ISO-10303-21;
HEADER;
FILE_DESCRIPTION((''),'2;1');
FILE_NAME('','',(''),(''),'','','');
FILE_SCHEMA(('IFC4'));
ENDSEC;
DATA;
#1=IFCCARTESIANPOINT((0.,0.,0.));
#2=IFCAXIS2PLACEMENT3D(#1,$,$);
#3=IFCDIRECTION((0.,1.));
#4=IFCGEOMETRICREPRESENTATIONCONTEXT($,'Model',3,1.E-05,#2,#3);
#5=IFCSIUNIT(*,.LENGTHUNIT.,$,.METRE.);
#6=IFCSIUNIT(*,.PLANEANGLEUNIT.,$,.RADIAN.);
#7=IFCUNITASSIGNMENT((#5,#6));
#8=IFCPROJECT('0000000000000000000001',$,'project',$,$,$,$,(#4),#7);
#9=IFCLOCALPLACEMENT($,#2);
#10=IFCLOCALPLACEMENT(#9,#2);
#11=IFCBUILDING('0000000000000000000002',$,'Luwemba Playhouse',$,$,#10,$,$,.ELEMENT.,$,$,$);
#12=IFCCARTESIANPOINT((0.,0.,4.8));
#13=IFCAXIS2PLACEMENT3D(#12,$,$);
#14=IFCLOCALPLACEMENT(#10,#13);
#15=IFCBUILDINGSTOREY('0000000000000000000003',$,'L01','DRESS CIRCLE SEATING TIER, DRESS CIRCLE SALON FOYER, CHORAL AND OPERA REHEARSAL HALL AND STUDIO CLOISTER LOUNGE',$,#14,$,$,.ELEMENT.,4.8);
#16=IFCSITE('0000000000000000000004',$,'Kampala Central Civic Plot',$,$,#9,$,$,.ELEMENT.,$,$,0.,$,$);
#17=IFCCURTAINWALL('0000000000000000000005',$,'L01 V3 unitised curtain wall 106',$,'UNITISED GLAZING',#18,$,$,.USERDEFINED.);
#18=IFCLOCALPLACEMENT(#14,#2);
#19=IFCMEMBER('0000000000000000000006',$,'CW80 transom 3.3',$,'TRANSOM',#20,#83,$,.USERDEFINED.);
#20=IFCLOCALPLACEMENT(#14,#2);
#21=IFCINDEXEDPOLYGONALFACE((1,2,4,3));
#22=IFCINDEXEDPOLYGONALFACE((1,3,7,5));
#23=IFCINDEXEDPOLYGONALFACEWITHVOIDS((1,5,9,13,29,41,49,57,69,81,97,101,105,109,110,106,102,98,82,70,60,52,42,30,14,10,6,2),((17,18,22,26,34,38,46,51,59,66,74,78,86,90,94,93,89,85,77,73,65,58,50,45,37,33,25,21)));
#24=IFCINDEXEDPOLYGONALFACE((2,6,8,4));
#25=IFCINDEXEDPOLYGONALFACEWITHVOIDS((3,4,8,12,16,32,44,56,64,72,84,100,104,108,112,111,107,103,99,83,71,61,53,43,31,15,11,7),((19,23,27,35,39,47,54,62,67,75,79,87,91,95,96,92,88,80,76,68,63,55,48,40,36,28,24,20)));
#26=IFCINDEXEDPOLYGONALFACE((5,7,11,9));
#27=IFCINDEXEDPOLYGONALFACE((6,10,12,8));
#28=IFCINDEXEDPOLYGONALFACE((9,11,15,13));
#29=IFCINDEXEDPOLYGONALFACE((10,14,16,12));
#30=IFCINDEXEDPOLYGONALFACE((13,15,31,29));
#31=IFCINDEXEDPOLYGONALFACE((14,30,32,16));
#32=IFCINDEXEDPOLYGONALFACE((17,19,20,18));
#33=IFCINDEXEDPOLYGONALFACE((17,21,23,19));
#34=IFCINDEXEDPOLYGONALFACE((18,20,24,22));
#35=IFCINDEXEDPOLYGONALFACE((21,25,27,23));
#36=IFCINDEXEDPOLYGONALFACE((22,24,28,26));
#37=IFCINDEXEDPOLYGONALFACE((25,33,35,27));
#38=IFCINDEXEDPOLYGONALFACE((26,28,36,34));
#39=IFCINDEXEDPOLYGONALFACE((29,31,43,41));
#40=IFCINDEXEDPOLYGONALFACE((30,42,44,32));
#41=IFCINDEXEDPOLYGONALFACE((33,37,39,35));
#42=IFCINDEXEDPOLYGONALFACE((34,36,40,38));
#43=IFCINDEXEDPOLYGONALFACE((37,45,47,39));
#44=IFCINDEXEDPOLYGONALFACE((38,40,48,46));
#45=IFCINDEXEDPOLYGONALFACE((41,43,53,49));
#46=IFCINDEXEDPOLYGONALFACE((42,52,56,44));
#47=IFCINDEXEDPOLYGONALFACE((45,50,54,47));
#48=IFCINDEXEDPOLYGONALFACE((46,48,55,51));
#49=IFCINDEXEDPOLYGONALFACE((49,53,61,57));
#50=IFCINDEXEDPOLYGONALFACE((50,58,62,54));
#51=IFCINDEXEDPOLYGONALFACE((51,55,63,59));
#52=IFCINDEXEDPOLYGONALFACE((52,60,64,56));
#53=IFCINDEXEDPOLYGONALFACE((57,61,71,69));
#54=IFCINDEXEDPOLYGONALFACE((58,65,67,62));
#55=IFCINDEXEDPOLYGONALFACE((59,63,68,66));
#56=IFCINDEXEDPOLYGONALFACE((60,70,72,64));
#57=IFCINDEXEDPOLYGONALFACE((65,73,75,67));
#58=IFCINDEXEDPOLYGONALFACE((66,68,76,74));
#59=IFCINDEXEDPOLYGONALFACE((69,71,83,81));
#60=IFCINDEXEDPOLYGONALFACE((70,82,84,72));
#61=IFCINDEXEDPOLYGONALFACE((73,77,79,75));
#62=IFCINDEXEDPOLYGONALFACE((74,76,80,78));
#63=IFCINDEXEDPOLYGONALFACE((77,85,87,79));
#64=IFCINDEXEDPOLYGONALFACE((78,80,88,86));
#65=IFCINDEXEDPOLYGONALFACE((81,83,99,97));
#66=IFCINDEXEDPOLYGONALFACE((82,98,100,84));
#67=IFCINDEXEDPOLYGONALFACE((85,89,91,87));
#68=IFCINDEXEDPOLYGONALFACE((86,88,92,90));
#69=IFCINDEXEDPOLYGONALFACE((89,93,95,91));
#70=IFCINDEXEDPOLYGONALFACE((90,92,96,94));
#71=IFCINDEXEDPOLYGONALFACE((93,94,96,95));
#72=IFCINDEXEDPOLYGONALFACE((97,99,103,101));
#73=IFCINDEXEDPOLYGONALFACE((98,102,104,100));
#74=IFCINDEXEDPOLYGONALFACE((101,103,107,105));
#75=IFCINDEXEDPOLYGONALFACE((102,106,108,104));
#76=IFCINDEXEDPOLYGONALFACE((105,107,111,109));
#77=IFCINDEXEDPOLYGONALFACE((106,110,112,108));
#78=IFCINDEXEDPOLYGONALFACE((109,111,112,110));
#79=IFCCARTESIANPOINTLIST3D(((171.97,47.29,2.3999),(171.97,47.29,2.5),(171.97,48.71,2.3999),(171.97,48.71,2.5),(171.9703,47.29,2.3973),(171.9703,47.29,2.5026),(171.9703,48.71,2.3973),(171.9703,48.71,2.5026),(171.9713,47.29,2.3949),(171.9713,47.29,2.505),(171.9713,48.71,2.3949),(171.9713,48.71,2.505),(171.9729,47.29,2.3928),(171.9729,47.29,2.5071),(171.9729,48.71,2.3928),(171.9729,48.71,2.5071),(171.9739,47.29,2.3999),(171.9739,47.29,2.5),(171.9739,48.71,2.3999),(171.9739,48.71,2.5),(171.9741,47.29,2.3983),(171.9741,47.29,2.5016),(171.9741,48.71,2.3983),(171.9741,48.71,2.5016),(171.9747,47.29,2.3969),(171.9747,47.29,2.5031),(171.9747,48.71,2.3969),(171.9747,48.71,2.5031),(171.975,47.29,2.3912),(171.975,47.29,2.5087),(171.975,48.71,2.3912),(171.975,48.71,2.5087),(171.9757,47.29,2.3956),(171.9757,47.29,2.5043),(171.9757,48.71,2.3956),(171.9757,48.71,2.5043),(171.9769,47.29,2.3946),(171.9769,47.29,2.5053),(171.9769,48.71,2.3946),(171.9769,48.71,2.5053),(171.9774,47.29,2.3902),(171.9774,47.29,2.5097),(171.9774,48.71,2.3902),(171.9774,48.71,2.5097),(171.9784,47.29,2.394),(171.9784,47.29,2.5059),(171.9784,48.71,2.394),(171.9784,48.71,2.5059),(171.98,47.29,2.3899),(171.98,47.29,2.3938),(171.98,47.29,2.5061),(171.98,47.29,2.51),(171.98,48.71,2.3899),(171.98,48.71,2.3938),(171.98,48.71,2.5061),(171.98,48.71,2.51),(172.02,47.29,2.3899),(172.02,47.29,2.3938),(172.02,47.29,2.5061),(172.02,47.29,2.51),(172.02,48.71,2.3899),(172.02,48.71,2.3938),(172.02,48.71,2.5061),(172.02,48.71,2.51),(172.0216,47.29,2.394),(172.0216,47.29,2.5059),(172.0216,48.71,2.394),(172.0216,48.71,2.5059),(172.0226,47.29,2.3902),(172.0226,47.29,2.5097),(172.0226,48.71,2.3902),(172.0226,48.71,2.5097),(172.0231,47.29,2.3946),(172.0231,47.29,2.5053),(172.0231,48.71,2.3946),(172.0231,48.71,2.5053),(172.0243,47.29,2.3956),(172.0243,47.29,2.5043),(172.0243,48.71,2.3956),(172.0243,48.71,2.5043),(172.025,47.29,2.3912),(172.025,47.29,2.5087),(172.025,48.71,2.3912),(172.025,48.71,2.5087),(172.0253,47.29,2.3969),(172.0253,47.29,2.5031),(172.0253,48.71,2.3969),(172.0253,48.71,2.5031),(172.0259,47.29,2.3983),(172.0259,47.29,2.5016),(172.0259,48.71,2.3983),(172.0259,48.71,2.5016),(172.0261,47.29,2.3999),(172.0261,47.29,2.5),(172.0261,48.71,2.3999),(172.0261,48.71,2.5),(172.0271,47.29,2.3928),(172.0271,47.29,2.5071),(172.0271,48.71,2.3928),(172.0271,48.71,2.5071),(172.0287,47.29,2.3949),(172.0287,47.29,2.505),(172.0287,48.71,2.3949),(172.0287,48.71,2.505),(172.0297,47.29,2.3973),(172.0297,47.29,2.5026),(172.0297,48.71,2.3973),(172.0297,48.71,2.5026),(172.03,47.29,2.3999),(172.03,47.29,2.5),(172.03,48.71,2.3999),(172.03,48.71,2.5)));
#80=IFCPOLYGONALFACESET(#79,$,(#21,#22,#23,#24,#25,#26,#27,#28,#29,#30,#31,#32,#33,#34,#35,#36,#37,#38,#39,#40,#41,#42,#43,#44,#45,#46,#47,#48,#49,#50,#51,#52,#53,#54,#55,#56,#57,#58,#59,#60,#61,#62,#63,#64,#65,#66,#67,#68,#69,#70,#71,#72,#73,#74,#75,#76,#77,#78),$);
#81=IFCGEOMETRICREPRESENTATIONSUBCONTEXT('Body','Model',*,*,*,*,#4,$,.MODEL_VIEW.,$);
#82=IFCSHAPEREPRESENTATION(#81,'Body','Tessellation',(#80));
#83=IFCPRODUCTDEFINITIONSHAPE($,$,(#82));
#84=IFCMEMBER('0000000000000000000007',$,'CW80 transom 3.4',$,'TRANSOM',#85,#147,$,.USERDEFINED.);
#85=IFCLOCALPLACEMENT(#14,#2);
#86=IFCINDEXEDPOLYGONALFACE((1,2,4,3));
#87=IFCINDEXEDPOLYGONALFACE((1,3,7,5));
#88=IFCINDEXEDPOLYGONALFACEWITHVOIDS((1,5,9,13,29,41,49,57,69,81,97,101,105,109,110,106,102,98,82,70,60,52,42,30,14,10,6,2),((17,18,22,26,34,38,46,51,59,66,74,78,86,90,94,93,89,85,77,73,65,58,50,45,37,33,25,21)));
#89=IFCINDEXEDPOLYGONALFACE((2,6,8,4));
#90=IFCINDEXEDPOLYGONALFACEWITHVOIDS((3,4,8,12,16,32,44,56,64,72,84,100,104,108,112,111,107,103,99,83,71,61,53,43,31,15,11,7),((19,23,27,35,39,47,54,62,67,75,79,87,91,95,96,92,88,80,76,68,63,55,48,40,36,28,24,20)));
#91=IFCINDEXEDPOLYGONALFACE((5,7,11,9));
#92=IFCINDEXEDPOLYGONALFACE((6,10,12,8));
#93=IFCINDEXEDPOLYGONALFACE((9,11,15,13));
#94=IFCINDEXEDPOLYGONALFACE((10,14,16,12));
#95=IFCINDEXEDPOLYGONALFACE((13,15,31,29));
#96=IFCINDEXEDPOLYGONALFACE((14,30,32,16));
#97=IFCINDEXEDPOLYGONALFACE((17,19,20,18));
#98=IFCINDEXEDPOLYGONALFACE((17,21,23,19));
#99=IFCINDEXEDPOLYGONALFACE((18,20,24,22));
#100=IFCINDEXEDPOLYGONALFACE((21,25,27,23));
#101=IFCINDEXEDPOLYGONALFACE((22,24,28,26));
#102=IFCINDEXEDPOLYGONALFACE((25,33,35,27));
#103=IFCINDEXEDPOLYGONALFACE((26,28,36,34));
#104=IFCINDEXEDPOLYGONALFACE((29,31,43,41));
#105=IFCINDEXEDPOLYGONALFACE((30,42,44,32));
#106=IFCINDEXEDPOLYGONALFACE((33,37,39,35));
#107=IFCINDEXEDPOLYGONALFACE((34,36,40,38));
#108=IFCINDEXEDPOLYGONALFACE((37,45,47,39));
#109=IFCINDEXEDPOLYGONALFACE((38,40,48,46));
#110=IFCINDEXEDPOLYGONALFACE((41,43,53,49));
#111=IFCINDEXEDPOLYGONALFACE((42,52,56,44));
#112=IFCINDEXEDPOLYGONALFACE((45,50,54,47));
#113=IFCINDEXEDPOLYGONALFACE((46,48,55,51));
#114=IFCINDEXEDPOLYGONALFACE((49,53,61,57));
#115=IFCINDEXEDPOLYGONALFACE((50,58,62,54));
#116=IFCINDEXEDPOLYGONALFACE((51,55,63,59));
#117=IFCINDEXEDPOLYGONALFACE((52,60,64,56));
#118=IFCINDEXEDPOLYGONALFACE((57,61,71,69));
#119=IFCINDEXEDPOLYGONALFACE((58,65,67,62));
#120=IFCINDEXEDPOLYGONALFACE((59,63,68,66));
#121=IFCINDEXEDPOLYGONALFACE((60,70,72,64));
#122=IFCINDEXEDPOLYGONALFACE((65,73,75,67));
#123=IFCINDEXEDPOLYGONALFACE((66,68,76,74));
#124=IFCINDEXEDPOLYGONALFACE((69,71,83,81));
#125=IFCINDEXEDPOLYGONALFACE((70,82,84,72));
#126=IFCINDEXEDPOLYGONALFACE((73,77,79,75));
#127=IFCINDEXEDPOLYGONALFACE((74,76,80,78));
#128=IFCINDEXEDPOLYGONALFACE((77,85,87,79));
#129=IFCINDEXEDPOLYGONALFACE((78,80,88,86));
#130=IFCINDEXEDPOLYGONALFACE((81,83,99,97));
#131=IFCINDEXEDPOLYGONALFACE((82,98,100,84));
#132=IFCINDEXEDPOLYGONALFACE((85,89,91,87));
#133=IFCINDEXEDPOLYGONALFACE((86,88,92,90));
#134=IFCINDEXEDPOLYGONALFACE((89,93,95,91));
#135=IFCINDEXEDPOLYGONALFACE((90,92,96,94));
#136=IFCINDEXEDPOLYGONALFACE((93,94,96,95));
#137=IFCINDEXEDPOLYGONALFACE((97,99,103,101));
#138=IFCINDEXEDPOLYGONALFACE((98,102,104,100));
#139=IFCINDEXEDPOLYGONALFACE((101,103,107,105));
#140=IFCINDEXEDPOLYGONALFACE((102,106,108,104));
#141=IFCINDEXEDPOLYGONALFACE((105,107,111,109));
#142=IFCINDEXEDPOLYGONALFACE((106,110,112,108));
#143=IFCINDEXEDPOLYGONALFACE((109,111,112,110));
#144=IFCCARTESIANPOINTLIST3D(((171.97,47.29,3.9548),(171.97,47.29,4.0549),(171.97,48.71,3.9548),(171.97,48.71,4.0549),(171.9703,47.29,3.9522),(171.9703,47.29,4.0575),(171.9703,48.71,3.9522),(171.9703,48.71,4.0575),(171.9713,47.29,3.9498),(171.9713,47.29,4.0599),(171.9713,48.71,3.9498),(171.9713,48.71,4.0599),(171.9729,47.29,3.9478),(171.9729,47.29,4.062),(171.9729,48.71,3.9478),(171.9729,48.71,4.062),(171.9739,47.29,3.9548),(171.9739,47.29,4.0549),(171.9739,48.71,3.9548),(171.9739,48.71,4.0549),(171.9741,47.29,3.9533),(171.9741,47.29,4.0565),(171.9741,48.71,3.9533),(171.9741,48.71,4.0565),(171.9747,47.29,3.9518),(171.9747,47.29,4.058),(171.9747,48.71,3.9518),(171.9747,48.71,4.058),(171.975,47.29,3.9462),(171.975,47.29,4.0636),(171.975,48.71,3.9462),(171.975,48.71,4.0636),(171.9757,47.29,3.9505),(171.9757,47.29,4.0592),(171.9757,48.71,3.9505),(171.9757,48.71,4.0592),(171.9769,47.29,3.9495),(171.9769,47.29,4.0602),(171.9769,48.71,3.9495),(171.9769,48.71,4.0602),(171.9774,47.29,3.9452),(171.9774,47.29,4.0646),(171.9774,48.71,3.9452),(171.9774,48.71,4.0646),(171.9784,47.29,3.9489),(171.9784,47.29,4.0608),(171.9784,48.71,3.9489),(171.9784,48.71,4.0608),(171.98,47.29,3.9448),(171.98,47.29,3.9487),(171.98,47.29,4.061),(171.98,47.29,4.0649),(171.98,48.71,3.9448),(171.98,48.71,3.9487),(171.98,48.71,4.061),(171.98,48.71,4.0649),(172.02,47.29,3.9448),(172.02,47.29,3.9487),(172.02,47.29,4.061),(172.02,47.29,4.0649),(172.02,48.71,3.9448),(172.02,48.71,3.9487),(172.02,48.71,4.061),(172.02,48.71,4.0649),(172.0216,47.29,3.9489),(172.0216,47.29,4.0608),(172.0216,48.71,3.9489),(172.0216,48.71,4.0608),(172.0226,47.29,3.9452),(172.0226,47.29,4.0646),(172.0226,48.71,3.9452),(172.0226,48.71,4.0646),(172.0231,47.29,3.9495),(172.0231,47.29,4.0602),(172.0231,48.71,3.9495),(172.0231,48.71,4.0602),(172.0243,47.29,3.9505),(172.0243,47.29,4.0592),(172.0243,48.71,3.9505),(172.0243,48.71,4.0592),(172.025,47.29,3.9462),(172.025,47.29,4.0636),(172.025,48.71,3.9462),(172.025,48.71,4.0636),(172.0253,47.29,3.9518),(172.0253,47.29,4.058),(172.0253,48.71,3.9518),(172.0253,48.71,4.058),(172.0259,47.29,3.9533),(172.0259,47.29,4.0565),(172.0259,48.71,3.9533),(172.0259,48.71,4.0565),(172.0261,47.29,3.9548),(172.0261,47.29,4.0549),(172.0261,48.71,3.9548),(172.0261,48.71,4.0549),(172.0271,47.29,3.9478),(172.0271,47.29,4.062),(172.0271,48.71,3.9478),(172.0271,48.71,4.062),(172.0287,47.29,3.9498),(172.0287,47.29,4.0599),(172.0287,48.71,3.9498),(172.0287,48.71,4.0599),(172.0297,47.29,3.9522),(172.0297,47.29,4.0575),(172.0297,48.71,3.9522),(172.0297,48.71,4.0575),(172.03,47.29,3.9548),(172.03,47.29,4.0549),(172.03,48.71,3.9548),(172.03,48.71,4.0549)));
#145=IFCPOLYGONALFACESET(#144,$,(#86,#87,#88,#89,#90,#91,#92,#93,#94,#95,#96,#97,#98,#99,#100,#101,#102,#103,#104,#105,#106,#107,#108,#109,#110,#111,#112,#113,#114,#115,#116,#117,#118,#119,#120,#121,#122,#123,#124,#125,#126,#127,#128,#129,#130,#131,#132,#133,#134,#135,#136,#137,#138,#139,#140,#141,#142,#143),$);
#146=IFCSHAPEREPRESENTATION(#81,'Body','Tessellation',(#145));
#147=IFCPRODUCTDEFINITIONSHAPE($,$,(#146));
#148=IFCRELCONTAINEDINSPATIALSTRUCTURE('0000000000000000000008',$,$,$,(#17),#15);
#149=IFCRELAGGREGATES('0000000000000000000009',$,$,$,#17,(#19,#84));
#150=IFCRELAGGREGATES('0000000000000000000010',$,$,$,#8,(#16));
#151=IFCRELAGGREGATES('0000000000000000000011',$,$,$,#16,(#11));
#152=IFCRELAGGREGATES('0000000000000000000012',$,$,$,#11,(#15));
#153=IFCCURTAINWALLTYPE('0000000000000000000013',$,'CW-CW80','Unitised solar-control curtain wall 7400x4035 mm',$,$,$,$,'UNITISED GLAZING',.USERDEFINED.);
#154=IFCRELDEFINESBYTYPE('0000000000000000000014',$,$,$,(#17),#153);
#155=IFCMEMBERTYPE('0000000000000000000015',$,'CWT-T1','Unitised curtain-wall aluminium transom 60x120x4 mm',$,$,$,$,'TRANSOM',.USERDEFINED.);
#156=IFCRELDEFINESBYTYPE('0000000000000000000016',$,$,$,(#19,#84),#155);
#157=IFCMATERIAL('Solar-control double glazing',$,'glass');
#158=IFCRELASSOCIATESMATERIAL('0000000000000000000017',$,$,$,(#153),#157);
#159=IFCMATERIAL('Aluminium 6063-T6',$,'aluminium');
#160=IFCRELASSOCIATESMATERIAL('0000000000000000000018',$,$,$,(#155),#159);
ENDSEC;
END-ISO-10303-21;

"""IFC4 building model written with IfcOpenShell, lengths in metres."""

from ifc_helpers import new_model, si_unit, direction, frame, origin, origin_2d, place, context, subcontext, project, spatial, hollow_rectangle, extrude, material, material_profile, profile_set, type_object, element, aggregate, save


model = new_model("IFC4")

# Units and contexts
model_context = context("Model", 3, precision=1e-05, world=origin(), true_north=direction((0.0, 1.0)))
body_context = subcontext(model_context, "Body", "Model", "MODEL_VIEW")
ifc_project = project(units=[si_unit("LENGTHUNIT", "METRE"), si_unit("PLANEANGLEUNIT", "RADIAN")], contexts=[model_context])

# Site, building, storey
site_placement = place(None, origin())
site = spatial("IfcSite", under=ifc_project, at=site_placement, Name="Kampala Central Civic Plot", CompositionType="ELEMENT", RefElevation=0.0)
building_placement = place(site_placement, origin())
building = spatial("IfcBuilding", under=site, at=building_placement, Name="Luwemba Playhouse", CompositionType="ELEMENT")
storey_placement = place(building_placement, frame((0.0, 0.0, 4.8)))
storey = spatial("IfcBuildingStorey", under=building, at=storey_placement, Name="L01", Description="DRESS CIRCLE SEATING TIER, DRESS CIRCLE SALON FOYER, CHORAL AND OPERA REHEARSAL HALL AND STUDIO CLOISTER LOUNGE", CompositionType="ELEMENT", Elevation=4.8)

# Curtain wall, members
ifc_material_1 = material(Name="Solar-control double glazing", Category="glass")
curtain_wall_type = type_object("IfcCurtainWallType", Name="CW-CW80", Description="Unitised solar-control curtain wall 7400x4035 mm", ElementType="UNITISED GLAZING", PredefinedType="USERDEFINED", material=ifc_material_1)
curtain_wall_placement = place(storey_placement, origin())
curtain_wall = element("IfcCurtainWall", 1, at=curtain_wall_placement, inside=storey, type_object=curtain_wall_type, Name="L01 V3 unitised curtain wall 106", ObjectType="UNITISED GLAZING", PredefinedType="USERDEFINED")
ifc_material_2 = material(Name="Aluminium 6063-T6", Category="aluminium")
ifc_material_profile_1 = material_profile(ifc_material_2, hollow_rectangle(XDim=0.0601, YDim=0.1201, WallThickness=0.0039, InnerFilletRadius=0.0061, OuterFilletRadius=0.01, at=origin_2d()))
ifc_profile_set_1 = profile_set([ifc_material_profile_1], Name="Aluminium 6063-T6")
member_type_1 = type_object("IfcMemberType", Name="CWT-T1", Description="Unitised curtain-wall aluminium transom 60x120x4 mm", ElementType="TRANSOM", PredefinedType="USERDEFINED", material=ifc_profile_set_1)
member_1_placement = place(storey_placement, frame((172.0, 48.71, 2.45), z_axis=(0.0, -1.0, 0.0), x_axis=(1.0, 0.0, 0.0)))
member_1 = element("IfcMember", 2, at=member_1_placement, type_object=member_type_1, Name="CW80 transom 3.3", ObjectType="TRANSOM", PredefinedType="USERDEFINED", context=body_context, shape_type="SweptSolid", body=[
    extrude(hollow_rectangle(XDim=0.0601, YDim=0.1201, WallThickness=0.0039, InnerFilletRadius=0.0061, OuterFilletRadius=0.01, at=origin_2d()), origin(), (0.0, 0.0, 1.0), 1.4199),
])
member_2_placement = place(storey_placement, frame((172.0, 48.71, 4.0049), z_axis=(0.0, -1.0, 0.0), x_axis=(1.0, 0.0, 0.0)))
member_2 = element("IfcMember", 3, at=member_2_placement, type_object=member_type_1, Name="CW80 transom 3.4", ObjectType="TRANSOM", PredefinedType="USERDEFINED", context=body_context, shape_type="SweptSolid", body=[
    extrude(hollow_rectangle(XDim=0.0601, YDim=0.1201, WallThickness=0.0039, InnerFilletRadius=0.0061, OuterFilletRadius=0.01, at=origin_2d()), origin(), (0.0, 0.0, 1.0), 1.4199),
])
aggregate(curtain_wall, [member_1, member_2])

save(model, "model.ifc")
